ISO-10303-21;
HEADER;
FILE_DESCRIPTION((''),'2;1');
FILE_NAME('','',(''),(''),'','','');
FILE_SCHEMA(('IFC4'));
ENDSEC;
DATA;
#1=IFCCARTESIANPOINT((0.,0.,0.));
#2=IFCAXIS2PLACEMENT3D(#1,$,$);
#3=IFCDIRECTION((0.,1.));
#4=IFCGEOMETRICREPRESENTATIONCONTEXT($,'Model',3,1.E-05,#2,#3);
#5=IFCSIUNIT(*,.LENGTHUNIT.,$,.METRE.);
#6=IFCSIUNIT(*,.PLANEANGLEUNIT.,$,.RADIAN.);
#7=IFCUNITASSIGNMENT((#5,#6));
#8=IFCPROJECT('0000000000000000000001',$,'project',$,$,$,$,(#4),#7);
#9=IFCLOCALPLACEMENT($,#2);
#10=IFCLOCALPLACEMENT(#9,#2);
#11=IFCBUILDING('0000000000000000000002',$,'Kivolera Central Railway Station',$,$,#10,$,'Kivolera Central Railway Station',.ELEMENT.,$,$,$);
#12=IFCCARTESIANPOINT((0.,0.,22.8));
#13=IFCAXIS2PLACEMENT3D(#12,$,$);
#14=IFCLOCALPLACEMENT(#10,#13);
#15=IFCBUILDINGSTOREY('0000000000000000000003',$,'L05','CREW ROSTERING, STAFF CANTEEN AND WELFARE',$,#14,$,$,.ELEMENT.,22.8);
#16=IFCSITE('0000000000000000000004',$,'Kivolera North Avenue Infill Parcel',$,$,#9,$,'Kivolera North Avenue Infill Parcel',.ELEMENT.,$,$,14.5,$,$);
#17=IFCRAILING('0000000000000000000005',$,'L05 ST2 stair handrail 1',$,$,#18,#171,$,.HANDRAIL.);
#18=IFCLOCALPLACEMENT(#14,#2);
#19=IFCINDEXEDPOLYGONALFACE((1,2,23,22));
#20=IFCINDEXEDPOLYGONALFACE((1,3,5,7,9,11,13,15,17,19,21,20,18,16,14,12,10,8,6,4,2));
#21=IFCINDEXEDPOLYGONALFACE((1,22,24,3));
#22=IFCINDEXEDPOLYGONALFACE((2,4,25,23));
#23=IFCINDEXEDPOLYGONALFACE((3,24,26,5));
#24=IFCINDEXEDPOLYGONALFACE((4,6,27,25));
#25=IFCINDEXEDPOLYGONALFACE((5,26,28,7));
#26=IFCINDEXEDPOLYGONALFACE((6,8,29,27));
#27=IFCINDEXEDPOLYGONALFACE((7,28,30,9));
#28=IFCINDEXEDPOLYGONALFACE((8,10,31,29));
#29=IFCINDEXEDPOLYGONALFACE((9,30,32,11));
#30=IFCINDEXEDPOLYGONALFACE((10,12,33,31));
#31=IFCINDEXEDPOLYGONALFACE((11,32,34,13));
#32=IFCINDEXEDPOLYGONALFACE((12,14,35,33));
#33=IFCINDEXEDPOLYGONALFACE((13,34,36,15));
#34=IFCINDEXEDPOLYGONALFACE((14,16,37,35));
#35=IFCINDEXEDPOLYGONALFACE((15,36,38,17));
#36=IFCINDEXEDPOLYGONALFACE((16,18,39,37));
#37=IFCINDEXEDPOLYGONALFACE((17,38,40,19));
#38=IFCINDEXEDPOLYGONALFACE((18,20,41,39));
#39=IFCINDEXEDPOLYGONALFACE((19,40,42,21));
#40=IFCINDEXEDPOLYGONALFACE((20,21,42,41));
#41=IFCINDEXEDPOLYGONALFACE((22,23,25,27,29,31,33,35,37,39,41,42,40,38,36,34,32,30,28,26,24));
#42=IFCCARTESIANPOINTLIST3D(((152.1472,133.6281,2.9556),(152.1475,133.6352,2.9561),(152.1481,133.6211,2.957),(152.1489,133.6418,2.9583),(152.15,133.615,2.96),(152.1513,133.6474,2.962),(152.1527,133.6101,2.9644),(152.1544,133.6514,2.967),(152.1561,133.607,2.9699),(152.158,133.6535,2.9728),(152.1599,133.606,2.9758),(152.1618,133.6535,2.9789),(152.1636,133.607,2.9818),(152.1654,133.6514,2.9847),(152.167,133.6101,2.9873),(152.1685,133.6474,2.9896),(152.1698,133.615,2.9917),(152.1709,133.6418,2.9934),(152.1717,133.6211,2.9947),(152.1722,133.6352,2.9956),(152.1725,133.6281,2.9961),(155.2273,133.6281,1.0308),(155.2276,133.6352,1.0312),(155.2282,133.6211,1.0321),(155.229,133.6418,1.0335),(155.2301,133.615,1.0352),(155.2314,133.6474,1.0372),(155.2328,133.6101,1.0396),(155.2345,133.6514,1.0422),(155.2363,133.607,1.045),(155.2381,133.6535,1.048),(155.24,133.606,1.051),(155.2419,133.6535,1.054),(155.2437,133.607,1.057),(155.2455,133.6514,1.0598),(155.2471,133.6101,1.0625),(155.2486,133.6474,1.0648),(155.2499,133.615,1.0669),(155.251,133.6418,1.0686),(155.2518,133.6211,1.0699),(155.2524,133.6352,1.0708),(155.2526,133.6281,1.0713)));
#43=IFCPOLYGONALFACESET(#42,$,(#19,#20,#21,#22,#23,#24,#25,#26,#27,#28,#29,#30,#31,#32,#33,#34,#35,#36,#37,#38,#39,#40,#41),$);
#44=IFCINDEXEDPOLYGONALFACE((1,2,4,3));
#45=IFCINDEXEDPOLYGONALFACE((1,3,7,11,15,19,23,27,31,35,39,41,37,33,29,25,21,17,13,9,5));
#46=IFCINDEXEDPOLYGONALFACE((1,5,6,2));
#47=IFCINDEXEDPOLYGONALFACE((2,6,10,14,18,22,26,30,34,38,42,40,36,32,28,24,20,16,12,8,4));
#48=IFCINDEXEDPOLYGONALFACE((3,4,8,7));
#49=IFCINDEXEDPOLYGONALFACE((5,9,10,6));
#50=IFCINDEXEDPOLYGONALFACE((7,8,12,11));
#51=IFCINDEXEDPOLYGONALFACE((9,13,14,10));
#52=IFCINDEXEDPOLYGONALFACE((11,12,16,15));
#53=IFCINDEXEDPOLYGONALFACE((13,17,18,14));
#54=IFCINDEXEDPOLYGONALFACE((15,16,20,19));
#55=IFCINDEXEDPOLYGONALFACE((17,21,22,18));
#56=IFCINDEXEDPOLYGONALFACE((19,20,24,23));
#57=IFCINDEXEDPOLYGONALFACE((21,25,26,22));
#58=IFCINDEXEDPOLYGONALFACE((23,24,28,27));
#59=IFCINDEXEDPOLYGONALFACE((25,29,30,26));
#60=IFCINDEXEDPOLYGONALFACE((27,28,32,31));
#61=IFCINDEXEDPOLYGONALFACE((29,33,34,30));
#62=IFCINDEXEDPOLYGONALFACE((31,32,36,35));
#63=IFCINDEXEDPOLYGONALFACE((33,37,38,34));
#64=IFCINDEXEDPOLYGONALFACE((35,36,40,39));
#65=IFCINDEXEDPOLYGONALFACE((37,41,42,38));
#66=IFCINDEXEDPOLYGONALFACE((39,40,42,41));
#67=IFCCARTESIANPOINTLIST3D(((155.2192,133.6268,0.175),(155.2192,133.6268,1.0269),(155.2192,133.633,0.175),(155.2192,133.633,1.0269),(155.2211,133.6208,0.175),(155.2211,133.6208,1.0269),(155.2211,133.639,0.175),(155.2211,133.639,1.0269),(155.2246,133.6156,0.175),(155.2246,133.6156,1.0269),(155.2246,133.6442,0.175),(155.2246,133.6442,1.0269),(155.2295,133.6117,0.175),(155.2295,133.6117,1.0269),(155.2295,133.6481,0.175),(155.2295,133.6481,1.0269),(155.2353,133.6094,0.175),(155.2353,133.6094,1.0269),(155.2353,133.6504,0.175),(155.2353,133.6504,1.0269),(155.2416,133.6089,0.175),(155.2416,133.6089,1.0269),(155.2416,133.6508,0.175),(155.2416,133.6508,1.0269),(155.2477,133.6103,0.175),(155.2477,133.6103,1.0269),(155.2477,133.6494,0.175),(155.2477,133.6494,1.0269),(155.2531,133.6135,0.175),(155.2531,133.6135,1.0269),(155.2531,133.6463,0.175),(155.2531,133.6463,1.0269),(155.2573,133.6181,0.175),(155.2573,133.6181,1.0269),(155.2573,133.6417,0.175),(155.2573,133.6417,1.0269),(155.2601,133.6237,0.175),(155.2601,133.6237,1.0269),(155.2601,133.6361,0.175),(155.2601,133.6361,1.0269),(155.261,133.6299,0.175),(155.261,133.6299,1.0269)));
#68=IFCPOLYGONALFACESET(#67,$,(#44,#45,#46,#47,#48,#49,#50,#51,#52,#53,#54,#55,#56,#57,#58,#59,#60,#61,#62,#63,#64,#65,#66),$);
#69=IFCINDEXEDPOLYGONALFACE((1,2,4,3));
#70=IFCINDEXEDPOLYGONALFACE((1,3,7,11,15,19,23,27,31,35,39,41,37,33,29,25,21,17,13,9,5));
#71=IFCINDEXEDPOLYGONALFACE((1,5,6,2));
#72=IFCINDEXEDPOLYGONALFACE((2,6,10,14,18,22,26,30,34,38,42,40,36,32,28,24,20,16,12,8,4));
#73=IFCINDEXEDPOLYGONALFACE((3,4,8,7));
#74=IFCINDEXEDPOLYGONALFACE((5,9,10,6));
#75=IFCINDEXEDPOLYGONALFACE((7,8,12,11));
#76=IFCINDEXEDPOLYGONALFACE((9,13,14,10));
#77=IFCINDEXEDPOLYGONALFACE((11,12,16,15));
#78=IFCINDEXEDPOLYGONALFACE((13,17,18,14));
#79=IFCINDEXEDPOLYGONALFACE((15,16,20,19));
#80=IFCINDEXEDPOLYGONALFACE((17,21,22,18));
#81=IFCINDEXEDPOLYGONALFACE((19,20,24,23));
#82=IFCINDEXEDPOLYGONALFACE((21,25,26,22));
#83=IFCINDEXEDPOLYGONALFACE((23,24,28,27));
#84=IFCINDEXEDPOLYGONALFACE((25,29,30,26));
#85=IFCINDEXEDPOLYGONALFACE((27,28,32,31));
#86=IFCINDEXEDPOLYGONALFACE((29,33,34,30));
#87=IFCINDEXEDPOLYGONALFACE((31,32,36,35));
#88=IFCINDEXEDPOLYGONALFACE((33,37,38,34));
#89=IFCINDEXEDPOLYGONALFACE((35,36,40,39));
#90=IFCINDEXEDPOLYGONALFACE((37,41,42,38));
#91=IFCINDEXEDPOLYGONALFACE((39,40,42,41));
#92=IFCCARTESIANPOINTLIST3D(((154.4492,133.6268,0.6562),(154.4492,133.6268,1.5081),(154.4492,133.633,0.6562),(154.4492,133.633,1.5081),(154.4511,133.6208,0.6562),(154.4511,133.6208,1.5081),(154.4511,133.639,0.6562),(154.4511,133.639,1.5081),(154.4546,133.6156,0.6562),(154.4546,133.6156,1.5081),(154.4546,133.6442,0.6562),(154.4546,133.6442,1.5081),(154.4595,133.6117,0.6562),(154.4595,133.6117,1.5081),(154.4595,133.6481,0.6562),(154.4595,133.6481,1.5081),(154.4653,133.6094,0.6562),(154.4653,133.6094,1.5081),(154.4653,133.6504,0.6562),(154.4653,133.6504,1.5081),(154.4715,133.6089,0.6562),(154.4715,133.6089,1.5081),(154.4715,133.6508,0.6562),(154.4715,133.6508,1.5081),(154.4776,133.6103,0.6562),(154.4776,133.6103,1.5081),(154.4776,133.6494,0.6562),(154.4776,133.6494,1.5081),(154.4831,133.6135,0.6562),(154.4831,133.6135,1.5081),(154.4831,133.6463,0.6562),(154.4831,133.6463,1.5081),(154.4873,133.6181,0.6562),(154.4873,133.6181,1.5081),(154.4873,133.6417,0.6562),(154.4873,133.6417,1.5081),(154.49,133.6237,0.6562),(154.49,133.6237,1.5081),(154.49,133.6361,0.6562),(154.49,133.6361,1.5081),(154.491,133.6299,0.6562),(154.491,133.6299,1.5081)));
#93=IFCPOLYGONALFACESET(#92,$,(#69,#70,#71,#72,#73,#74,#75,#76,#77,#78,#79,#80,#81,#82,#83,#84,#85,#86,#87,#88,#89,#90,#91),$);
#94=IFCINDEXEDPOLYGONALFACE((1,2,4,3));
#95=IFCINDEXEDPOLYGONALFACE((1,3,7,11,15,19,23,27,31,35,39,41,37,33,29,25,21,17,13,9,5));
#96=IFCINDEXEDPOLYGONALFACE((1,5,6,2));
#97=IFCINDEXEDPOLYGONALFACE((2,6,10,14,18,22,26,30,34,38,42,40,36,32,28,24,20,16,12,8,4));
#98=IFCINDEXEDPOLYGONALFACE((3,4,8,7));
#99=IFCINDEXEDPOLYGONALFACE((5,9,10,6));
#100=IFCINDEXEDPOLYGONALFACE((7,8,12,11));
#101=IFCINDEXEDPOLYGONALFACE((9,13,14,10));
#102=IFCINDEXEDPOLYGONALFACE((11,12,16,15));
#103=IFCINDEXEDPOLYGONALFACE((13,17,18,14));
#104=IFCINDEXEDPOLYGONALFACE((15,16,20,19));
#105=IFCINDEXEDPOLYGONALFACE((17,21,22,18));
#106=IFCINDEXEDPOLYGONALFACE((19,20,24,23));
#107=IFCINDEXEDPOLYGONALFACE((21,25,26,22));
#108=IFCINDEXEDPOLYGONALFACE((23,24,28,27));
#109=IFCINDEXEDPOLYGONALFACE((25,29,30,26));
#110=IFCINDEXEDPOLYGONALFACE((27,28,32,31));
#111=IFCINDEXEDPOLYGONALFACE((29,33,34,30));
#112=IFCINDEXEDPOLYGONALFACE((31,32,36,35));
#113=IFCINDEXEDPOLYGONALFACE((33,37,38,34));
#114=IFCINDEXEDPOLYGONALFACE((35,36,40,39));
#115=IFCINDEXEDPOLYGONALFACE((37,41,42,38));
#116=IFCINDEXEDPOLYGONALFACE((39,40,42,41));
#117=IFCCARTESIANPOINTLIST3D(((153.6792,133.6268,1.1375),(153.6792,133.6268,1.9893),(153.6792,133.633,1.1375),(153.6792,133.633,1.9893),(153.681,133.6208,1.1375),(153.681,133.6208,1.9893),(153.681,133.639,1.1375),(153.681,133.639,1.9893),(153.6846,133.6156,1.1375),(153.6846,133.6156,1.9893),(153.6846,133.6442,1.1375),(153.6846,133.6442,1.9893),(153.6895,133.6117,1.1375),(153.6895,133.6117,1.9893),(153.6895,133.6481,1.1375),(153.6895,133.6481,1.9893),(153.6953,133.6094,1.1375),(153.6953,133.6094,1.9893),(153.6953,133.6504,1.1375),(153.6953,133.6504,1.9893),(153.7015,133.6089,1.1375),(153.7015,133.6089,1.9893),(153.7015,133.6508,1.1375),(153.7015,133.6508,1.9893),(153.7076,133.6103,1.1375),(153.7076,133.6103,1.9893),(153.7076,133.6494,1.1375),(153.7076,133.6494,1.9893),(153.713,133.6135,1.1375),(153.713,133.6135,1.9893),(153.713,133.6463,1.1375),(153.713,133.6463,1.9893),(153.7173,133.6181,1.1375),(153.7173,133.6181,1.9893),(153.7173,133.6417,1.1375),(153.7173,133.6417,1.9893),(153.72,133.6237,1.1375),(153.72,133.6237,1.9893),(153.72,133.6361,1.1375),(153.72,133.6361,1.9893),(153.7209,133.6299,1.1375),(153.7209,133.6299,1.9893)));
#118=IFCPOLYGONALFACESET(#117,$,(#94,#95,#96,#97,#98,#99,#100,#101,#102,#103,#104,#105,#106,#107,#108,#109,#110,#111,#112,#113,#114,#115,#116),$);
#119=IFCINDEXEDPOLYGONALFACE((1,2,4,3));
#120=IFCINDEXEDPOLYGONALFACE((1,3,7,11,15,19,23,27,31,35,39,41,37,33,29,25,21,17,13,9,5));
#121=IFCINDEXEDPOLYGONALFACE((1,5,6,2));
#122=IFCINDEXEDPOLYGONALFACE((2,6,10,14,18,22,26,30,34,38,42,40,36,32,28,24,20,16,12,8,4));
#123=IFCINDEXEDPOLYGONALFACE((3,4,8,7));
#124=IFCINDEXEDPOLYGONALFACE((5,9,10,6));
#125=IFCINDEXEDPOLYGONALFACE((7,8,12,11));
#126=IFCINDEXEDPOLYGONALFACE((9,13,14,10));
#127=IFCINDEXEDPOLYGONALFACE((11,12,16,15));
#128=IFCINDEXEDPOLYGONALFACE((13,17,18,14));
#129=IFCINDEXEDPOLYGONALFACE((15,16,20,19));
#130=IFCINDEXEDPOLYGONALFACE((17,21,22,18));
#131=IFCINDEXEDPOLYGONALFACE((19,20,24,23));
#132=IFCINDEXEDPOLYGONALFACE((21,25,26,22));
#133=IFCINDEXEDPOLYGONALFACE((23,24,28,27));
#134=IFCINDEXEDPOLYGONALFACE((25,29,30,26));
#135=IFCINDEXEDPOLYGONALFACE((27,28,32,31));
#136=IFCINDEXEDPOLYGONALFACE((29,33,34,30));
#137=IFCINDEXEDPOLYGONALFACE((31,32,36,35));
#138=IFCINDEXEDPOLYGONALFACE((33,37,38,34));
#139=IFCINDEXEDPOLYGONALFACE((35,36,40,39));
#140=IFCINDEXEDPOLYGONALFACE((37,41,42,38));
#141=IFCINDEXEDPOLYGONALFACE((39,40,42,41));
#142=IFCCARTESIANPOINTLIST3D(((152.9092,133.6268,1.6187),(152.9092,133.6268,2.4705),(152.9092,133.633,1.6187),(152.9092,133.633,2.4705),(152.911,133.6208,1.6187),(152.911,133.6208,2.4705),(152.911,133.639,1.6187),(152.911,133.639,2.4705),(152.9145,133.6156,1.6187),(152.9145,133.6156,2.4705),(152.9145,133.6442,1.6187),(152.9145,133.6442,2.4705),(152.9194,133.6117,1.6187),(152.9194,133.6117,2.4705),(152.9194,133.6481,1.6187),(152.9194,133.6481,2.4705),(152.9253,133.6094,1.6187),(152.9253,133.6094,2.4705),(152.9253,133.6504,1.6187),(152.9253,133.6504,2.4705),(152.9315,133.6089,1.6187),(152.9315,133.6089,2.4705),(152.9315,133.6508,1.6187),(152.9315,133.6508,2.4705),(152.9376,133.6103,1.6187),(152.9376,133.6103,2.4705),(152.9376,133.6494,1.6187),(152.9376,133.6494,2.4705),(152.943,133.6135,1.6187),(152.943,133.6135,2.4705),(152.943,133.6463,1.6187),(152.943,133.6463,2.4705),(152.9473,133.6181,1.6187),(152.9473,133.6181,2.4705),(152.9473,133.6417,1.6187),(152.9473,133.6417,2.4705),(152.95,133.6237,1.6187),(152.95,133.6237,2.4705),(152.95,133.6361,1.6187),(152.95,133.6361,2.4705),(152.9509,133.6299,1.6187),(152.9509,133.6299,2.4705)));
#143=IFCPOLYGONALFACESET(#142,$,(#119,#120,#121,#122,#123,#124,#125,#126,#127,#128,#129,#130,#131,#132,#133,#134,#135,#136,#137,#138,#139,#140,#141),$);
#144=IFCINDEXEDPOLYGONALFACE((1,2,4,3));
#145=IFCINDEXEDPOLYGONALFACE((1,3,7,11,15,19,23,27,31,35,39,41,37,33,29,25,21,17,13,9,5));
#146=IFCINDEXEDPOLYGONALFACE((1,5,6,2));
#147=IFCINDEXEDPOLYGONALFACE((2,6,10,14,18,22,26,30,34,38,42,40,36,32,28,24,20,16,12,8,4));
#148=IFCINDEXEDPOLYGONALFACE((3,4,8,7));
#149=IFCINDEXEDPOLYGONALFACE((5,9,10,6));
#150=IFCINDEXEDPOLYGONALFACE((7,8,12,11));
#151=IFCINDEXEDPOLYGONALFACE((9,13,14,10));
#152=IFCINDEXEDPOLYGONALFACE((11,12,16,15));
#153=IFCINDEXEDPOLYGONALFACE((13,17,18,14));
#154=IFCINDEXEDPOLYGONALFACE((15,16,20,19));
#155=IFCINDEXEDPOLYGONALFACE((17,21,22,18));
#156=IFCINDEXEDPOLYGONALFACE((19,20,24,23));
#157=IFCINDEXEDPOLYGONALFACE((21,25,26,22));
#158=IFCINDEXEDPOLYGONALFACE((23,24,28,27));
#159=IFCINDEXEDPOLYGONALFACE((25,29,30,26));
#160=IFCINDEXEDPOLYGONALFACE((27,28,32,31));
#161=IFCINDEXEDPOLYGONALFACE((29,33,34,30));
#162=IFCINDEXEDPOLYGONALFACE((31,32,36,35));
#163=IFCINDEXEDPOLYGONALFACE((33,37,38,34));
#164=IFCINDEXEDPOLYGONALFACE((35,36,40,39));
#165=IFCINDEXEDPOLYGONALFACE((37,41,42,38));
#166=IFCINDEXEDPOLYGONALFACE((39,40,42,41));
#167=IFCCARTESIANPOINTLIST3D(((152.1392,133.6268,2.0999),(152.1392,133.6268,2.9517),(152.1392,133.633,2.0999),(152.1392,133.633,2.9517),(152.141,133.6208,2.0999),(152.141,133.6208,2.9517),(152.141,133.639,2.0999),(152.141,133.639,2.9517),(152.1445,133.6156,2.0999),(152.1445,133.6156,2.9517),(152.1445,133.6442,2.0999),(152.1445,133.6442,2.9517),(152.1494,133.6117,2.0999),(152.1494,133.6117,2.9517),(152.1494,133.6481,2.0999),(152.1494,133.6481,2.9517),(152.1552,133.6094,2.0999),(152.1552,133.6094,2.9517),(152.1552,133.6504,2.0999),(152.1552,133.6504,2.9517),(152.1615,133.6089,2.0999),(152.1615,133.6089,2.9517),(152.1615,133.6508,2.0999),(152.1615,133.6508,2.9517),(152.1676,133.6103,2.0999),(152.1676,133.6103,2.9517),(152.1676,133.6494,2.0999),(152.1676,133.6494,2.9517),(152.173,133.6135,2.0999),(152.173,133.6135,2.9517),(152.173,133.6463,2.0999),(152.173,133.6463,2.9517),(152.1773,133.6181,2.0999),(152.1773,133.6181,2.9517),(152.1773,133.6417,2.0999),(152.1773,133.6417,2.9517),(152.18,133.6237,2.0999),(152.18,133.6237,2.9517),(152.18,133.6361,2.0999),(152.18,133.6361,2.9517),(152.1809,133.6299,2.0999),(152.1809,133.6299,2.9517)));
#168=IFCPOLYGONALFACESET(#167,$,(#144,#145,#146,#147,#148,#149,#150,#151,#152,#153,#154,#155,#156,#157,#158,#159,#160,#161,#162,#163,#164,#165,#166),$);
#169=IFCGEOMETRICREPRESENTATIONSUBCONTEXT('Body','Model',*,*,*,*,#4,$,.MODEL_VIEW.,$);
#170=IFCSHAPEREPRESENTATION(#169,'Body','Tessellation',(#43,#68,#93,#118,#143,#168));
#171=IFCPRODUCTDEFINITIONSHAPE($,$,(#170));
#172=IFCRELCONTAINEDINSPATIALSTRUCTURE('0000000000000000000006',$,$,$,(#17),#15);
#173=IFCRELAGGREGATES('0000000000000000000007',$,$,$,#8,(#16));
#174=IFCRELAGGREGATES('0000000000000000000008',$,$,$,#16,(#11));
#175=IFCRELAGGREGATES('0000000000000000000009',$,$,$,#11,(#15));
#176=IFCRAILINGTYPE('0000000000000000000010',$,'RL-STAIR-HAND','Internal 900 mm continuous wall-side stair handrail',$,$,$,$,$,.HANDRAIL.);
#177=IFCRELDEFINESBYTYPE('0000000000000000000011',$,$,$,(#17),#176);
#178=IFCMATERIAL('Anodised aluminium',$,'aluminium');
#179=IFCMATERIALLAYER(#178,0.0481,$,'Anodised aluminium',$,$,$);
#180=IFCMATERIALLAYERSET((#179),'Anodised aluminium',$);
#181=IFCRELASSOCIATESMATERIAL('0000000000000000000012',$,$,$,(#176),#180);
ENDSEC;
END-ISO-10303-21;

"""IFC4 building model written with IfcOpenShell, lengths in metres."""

from ifc_helpers import new_model, si_unit, direction, frame, origin, origin_2d, place, context, subcontext, project, spatial, circle, extrude, material, layer, layer_set, type_object, element, save


model = new_model("IFC4")

# Units and contexts
model_context = context("Model", 3, precision=1e-05, world=origin(), true_north=direction((0.0, 1.0)))
body_context = subcontext(model_context, "Body", "Model", "MODEL_VIEW")
ifc_project = project(units=[si_unit("LENGTHUNIT", "METRE"), si_unit("PLANEANGLEUNIT", "RADIAN")], contexts=[model_context])

# Site, building, storey
site_placement = place(None, origin())
site = spatial("IfcSite", under=ifc_project, at=site_placement, Name="Kivolera North Avenue Infill Parcel", LongName="Kivolera North Avenue Infill Parcel", CompositionType="ELEMENT", RefElevation=14.5)
building_placement = place(site_placement, origin())
building = spatial("IfcBuilding", under=site, at=building_placement, Name="Kivolera Central Railway Station", LongName="Kivolera Central Railway Station", CompositionType="ELEMENT")
storey_placement = place(building_placement, frame((0.0, 0.0, 22.8)))
storey = spatial("IfcBuildingStorey", under=building, at=storey_placement, Name="L05", Description="CREW ROSTERING, STAFF CANTEEN AND WELFARE", CompositionType="ELEMENT", Elevation=22.8)

# Shared definitions
ifc_material_1 = material(Name="Anodised aluminium", Category="aluminium")

# Railing
ifc_layer_1 = layer(ifc_material_1, 0.0481, Name="Anodised aluminium")
ifc_layer_set_1 = layer_set([ifc_layer_1], Name="Anodised aluminium")
railing_type_1 = type_object("IfcRailingType", Name="RL-STAIR-HAND", Description="Internal 900 mm continuous wall-side stair handrail", PredefinedType="HANDRAIL", material=ifc_layer_set_1)
railing_1_placement = place(storey_placement, frame((155.24, 133.6299, 0.175)))
element("IfcRailing", 1, at=railing_1_placement, inside=storey, type_object=railing_type_1, Name="L05 ST2 stair handrail 1", PredefinedType="HANDRAIL", context=body_context, shape_type="SweptSolid", body=[
    extrude(circle(Radius=0.0239, at=origin_2d()), frame((0.0, 0.0, 0.876), z_axis=(-0.848029, 0.0, 0.529951), x_axis=(0.0, -1.0, 0.0)), (0.0, 0.0, 1.0), 3.6321),
    extrude(circle(Radius=0.021, at=origin_2d()), origin(), (0.0, 0.0, 1.0), 0.8518),
    extrude(circle(Radius=0.021, at=origin_2d()), frame((-0.77, 0.0, 0.4812)), (0.0, 0.0, 1.0), 0.8518),
    extrude(circle(Radius=0.021, at=origin_2d()), frame((-1.54, 0.0, 0.9624)), (0.0, 0.0, 1.0), 0.8518),
    extrude(circle(Radius=0.021, at=origin_2d()), frame((-2.3101, 0.0, 1.4436)), (0.0, 0.0, 1.0), 0.8518),
    extrude(circle(Radius=0.021, at=origin_2d()), frame((-3.0801, 0.0, 1.9248)), (0.0, 0.0, 1.0), 0.8518),
])

save(model, "model.ifc")
